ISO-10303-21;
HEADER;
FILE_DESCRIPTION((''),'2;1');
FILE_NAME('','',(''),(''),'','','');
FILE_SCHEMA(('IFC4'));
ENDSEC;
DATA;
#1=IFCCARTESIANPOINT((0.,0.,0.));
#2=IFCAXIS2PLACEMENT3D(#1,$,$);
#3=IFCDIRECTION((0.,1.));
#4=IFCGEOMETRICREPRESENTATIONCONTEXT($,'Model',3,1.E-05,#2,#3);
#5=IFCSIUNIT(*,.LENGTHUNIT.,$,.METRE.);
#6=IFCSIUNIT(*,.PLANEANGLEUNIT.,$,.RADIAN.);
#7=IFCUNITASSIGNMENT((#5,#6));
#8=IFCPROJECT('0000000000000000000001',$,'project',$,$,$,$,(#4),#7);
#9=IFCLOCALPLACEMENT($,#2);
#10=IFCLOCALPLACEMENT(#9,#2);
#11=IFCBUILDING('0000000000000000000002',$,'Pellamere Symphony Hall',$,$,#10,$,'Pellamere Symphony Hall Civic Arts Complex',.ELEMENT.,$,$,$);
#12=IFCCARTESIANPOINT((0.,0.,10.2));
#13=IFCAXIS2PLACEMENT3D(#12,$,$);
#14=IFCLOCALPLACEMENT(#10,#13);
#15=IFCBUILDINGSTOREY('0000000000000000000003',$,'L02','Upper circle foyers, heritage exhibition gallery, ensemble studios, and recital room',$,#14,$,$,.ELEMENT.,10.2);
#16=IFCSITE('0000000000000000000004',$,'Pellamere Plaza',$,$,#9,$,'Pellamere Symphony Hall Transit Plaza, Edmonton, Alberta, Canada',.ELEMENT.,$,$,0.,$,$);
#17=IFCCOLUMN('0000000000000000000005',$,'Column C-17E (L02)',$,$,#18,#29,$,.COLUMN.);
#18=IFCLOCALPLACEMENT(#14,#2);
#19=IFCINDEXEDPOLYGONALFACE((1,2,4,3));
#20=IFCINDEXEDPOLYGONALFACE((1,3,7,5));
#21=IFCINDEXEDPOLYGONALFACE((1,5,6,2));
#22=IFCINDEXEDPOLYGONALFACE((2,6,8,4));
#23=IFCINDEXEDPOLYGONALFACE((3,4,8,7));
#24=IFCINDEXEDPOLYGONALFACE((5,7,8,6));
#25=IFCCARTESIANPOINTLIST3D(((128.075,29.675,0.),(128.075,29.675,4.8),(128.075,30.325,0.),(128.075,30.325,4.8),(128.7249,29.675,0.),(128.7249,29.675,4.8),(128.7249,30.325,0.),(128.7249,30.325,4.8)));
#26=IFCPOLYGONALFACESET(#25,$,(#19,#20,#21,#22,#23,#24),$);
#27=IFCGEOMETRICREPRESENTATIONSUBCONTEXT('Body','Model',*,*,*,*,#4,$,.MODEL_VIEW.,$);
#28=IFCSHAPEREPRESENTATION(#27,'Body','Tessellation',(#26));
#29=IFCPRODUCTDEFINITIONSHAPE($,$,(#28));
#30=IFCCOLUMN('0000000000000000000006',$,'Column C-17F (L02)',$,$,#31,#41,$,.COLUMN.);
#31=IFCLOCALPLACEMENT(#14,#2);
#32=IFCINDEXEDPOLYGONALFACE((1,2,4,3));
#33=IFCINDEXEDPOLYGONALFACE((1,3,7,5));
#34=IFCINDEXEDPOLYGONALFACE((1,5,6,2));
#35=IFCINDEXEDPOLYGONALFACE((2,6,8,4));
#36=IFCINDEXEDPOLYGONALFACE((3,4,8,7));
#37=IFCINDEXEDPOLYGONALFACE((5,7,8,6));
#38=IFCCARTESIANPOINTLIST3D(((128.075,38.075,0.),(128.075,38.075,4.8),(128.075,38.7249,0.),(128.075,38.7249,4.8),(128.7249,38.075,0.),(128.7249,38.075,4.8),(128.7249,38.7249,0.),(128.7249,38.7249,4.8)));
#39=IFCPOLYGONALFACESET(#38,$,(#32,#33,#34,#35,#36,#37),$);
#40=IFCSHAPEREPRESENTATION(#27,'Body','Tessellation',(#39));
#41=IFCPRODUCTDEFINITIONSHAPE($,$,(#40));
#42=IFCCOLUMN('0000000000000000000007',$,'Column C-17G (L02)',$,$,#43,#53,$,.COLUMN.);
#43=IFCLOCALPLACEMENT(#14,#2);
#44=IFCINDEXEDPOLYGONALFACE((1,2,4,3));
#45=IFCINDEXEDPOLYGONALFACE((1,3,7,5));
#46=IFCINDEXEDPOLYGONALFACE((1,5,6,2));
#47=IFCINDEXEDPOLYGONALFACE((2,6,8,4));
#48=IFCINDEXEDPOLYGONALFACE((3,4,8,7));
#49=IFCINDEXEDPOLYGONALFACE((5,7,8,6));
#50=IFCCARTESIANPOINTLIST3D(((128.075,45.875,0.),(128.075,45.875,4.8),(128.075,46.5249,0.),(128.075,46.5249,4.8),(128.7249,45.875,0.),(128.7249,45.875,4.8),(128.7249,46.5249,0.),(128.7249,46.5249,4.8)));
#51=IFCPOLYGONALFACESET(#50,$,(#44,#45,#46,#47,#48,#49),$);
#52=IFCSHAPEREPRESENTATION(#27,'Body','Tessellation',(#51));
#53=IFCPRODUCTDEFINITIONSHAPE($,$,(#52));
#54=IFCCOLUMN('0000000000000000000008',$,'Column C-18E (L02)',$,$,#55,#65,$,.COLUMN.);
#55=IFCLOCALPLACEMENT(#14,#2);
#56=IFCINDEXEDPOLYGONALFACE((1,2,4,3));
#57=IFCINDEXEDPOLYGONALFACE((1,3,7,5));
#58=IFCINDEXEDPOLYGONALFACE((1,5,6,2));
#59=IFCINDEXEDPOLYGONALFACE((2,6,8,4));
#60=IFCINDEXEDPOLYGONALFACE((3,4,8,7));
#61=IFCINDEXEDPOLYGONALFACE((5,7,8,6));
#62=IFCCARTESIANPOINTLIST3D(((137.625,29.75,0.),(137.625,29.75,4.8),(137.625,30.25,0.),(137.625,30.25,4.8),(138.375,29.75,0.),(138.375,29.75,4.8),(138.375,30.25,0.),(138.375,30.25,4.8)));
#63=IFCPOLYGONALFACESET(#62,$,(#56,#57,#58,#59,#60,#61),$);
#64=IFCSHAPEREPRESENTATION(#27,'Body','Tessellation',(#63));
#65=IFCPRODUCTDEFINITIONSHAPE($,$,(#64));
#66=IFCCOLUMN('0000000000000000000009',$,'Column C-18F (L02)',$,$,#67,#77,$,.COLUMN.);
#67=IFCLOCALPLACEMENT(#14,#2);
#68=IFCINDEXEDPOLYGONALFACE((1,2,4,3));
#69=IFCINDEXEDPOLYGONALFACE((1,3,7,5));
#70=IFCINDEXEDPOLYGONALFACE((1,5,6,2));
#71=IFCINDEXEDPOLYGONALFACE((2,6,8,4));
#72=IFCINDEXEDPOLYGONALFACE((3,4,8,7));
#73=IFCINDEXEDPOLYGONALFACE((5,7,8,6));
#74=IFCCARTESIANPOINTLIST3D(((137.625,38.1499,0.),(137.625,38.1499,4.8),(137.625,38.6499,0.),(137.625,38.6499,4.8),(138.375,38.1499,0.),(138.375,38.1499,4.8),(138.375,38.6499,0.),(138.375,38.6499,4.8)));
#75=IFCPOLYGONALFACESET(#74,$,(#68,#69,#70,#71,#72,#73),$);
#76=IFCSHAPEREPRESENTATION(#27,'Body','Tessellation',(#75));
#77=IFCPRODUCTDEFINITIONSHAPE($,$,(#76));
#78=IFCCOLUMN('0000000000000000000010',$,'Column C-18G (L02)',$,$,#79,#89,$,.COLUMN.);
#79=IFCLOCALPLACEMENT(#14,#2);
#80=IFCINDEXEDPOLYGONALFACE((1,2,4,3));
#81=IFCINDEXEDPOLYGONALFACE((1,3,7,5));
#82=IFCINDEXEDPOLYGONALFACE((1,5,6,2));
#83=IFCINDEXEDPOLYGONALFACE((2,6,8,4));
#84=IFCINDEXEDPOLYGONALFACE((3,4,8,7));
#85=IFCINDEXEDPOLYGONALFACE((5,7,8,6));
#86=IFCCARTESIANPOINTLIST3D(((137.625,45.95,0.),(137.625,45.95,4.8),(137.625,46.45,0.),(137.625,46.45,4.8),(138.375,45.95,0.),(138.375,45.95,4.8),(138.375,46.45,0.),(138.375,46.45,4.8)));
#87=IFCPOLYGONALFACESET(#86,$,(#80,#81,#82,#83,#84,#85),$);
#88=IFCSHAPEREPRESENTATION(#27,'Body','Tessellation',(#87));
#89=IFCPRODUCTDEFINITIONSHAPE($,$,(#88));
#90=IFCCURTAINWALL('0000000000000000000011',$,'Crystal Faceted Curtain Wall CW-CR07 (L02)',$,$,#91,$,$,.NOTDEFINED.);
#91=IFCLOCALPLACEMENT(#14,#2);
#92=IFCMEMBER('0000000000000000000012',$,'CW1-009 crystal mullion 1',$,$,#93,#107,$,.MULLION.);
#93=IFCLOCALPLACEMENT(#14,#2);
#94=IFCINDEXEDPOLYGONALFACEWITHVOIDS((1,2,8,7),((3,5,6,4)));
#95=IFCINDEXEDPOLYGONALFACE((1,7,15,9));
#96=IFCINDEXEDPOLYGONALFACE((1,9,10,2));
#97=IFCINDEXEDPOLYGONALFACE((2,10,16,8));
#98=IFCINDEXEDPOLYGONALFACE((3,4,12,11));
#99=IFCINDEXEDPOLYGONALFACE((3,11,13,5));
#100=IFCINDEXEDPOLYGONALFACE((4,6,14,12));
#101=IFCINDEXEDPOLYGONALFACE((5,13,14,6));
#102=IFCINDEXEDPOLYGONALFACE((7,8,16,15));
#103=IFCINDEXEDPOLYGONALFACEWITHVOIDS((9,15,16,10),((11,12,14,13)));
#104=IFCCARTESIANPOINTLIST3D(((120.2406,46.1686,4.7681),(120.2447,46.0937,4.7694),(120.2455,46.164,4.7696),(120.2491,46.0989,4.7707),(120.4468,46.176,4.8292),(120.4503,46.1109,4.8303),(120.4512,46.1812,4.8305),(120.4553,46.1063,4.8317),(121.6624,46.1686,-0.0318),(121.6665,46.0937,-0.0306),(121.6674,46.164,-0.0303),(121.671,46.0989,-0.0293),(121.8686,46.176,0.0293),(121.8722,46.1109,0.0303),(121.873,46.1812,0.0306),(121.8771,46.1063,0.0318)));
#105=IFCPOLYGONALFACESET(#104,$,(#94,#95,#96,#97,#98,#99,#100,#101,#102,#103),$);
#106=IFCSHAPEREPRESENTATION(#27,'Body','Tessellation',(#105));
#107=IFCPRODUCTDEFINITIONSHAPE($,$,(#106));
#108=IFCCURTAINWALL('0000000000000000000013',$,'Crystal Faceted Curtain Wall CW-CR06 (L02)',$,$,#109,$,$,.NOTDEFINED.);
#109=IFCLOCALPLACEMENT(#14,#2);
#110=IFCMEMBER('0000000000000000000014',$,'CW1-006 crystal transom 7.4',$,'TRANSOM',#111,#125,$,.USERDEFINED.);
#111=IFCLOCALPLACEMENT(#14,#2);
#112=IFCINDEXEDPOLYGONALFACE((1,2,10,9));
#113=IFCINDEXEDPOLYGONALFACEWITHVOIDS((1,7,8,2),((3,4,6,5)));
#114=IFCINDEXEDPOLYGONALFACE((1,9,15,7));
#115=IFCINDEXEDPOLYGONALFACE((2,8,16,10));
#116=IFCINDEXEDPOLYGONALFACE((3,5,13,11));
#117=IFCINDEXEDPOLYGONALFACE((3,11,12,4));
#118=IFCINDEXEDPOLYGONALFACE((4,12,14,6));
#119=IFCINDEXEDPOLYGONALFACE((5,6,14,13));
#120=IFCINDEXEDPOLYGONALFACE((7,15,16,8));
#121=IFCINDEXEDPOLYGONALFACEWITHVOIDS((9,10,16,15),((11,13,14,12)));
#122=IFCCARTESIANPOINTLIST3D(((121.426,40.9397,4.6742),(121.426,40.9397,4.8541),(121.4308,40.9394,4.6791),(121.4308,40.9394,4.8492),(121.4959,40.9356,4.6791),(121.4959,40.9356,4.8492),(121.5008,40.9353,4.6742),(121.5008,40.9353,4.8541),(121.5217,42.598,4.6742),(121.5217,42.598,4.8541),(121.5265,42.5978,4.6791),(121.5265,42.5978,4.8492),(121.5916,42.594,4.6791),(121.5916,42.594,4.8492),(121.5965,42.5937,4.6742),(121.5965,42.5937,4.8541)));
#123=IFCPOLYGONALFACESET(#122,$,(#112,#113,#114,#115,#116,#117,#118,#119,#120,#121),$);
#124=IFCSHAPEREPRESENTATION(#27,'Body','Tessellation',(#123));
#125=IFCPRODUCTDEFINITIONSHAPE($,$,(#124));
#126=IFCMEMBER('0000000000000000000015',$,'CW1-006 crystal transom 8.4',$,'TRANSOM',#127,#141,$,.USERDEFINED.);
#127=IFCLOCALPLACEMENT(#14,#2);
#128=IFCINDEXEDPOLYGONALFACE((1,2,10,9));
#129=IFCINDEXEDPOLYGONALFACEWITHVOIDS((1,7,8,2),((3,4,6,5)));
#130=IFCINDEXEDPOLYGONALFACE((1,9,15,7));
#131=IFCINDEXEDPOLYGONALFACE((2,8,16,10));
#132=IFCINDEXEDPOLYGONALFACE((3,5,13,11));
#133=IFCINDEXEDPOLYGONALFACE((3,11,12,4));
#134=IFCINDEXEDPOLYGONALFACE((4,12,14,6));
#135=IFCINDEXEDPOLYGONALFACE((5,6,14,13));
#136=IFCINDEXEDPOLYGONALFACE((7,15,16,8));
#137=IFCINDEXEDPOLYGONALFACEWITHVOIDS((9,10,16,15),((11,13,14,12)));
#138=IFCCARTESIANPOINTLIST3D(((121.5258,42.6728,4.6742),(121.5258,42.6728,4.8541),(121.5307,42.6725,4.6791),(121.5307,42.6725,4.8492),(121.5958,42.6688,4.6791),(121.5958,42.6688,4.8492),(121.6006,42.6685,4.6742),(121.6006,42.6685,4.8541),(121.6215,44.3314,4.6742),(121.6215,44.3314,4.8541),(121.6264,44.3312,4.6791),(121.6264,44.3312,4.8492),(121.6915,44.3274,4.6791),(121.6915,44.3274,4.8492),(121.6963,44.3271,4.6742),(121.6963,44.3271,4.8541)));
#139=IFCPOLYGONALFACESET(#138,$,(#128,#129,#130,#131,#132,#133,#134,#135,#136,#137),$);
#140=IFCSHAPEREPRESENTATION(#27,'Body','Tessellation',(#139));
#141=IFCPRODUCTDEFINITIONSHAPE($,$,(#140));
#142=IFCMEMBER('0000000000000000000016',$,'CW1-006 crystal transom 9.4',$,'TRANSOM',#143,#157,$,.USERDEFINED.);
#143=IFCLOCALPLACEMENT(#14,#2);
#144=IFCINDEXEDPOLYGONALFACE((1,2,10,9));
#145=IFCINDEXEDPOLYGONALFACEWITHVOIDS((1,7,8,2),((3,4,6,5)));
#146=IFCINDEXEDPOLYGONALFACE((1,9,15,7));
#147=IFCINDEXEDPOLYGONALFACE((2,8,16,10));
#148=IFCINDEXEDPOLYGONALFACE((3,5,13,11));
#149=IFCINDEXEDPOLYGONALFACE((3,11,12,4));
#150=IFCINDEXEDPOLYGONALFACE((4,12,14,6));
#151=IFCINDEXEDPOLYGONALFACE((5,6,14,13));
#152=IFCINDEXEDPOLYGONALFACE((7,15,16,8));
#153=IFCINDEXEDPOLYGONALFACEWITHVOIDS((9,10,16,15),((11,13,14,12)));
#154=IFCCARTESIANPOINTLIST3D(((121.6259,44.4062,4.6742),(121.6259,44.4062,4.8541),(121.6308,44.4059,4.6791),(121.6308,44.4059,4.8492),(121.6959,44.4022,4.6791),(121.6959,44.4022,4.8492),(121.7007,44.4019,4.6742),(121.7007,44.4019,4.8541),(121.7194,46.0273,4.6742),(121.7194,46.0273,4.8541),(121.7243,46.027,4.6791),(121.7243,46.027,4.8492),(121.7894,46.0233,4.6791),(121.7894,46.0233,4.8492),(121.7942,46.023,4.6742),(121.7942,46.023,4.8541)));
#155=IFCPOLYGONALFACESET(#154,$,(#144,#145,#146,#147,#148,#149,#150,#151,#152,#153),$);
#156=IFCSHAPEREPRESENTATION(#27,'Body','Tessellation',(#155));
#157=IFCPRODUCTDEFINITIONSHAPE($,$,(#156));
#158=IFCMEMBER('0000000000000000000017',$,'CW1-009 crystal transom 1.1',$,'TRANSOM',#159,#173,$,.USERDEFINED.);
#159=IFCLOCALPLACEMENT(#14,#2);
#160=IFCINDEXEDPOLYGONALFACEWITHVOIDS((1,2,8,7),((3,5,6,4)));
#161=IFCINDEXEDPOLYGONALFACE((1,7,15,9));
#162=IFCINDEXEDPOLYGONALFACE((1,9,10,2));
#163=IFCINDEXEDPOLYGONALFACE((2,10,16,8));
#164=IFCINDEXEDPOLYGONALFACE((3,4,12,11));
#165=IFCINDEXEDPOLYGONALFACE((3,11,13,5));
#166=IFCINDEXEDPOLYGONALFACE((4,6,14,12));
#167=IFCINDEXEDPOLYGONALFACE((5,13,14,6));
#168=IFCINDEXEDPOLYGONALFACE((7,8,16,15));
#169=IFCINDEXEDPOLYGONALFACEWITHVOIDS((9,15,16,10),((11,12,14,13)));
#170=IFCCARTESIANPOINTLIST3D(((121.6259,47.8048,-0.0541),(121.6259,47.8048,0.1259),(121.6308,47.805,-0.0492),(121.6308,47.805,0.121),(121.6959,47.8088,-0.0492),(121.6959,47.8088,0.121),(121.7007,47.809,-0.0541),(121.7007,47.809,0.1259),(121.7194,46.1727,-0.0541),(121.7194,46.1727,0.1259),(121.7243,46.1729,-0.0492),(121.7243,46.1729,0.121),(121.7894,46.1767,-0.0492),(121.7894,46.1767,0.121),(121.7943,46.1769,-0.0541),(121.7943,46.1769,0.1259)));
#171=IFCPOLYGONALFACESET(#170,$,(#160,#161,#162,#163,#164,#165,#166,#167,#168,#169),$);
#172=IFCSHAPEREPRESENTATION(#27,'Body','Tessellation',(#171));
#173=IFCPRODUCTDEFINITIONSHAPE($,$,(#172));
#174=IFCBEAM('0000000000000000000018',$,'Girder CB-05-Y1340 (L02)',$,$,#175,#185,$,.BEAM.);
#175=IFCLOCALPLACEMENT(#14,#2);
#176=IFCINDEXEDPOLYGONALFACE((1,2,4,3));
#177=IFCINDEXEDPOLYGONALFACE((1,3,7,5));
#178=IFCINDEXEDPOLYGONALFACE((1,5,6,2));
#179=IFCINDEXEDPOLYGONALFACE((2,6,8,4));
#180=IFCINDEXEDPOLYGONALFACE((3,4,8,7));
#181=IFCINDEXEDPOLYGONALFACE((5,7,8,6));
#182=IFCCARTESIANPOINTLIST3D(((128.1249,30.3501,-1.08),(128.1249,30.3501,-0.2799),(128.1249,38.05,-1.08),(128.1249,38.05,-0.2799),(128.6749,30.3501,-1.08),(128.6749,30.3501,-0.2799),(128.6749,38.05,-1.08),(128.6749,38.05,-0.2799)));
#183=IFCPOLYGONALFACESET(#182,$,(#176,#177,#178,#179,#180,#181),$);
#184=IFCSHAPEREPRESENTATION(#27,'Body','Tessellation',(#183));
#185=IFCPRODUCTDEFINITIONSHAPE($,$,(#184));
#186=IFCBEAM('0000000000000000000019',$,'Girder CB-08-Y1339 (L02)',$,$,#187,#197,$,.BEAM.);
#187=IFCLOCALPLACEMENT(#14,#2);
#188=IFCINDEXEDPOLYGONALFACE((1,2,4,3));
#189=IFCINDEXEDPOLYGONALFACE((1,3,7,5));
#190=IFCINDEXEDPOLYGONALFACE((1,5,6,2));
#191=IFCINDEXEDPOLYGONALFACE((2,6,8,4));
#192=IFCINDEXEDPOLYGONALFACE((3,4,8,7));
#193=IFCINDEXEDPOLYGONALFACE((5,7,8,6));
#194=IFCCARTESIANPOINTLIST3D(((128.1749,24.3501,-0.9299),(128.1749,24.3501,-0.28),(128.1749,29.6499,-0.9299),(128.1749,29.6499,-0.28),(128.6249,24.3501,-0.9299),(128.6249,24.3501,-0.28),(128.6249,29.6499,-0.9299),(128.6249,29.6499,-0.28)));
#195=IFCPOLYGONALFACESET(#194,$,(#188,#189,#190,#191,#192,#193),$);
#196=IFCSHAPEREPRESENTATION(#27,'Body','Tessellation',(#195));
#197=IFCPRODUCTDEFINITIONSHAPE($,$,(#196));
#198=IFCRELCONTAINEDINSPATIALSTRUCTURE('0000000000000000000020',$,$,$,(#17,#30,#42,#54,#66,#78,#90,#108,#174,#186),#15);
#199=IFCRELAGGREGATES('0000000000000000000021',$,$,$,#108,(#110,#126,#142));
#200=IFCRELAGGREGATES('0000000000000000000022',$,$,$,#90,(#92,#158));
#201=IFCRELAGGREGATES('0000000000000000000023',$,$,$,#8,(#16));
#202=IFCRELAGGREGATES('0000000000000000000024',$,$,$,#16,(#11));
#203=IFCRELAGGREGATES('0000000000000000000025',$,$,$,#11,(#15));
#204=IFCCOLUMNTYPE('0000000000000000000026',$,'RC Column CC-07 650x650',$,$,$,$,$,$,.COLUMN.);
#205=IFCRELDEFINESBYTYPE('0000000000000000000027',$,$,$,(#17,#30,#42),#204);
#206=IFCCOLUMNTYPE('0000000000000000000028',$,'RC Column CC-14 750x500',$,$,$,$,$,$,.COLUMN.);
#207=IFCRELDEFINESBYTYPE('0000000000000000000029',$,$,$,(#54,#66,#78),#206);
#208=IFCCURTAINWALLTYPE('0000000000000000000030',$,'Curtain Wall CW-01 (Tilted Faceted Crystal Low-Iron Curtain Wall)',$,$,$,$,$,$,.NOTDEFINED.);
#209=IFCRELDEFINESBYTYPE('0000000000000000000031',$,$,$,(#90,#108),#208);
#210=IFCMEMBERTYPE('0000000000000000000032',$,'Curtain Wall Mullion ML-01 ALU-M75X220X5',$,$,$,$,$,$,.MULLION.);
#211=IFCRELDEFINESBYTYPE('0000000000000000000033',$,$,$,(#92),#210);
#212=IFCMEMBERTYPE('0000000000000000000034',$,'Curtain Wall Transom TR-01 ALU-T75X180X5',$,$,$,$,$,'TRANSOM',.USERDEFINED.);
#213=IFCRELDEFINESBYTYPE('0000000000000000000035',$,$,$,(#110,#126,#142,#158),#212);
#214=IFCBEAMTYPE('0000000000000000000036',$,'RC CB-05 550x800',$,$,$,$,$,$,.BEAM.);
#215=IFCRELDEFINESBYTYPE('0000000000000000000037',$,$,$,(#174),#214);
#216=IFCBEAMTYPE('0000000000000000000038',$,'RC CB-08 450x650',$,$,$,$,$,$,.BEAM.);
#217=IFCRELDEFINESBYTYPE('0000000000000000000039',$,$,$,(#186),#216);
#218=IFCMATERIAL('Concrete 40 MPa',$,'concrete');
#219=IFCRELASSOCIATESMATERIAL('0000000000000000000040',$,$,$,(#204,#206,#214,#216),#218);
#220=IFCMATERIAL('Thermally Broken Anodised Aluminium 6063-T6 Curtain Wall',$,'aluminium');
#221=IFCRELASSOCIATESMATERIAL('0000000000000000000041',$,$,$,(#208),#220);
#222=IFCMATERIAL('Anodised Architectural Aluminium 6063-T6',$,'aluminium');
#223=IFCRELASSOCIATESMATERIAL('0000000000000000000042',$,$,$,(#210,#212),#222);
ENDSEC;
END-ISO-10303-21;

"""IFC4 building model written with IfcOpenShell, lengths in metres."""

from ifc_helpers import new_model, si_unit, direction, frame, origin, origin_2d, place, context, subcontext, project, spatial, rectangle, hollow_rectangle, extrude, material, material_profile, profile_set, type_object, element, aggregate, save


model = new_model("IFC4")

# Units and contexts
model_context = context("Model", 3, precision=1e-05, world=origin(), true_north=direction((0.0, 1.0)))
body_context = subcontext(model_context, "Body", "Model", "MODEL_VIEW")
ifc_project = project(units=[si_unit("LENGTHUNIT", "METRE"), si_unit("PLANEANGLEUNIT", "RADIAN")], contexts=[model_context])

# Site, building, storey
site_placement = place(None, origin())
site = spatial("IfcSite", under=ifc_project, at=site_placement, Name="Pellamere Plaza", LongName="Pellamere Symphony Hall Transit Plaza, Edmonton, Alberta, Canada", CompositionType="ELEMENT", RefElevation=0.0)
building_placement = place(site_placement, origin())
building = spatial("IfcBuilding", under=site, at=building_placement, Name="Pellamere Symphony Hall", LongName="Pellamere Symphony Hall Civic Arts Complex", CompositionType="ELEMENT")
storey_placement = place(building_placement, frame((0.0, 0.0, 10.2)))
storey = spatial("IfcBuildingStorey", under=building, at=storey_placement, Name="L02", Description="Upper circle foyers, heritage exhibition gallery, ensemble studios, and recital room", CompositionType="ELEMENT", Elevation=10.2)

# Columns
ifc_material_1 = material(Name="Concrete 40 MPa", Category="concrete")
ifc_material_profile_1 = material_profile(ifc_material_1, rectangle(XDim=0.6499, YDim=0.6499, at=origin_2d()), Name="RC 650x650")
ifc_profile_set_1 = profile_set([ifc_material_profile_1], Name="Concrete 40 MPa")
column_type_1 = type_object("IfcColumnType", Name="RC Column CC-07 650x650", PredefinedType="COLUMN", material=ifc_profile_set_1)
for number, where, z_axis, x_axis, name in (
    (1, (128.3999, 30.0, 0.0), (0.0, 0.0, 1.0), (1.0, 0.0, 0.0), "Column C-17E (L02)"),
    (2, (128.3999, 38.3999, 0.0), (0.0, 0.0, 1.0), (1.0, 0.0, 0.0), "Column C-17F (L02)"),
    (3, (128.3999, 46.2, 0.0), (0.0, 0.0, 1.0), (1.0, 0.0, 0.0), "Column C-17G (L02)"),
):
    element("IfcColumn", number, at=place(storey_placement, frame(where, z_axis=z_axis, x_axis=x_axis)), inside=storey, type_object=column_type_1, Name=name, PredefinedType="COLUMN", context=body_context, shape_type="SweptSolid", body=[
        extrude(rectangle(XDim=0.6499, YDim=0.6499, at=origin_2d()), origin(), (0.0, 0.0, 1.0), 4.8),
    ])
ifc_material_profile_2 = material_profile(ifc_material_1, rectangle(XDim=0.75, YDim=0.5, at=origin_2d()), Name="RC 750x500")
ifc_profile_set_2 = profile_set([ifc_material_profile_2], Name="Concrete 40 MPa")
column_type_2 = type_object("IfcColumnType", Name="RC Column CC-14 750x500", PredefinedType="COLUMN", material=ifc_profile_set_2)
for number, where, z_axis, x_axis, name in (
    (4, (138.0, 30.0, 0.0), (0.0, 0.0, 1.0), (1.0, 0.0, 0.0), "Column C-18E (L02)"),
    (5, (138.0, 38.3999, 0.0), (0.0, 0.0, 1.0), (1.0, 0.0, 0.0), "Column C-18F (L02)"),
    (6, (138.0, 46.2, 0.0), (0.0, 0.0, 1.0), (1.0, 0.0, 0.0), "Column C-18G (L02)"),
):
    element("IfcColumn", number, at=place(storey_placement, frame(where, z_axis=z_axis, x_axis=x_axis)), inside=storey, type_object=column_type_2, Name=name, PredefinedType="COLUMN", context=body_context, shape_type="SweptSolid", body=[
        extrude(rectangle(XDim=0.75, YDim=0.5, at=origin_2d()), origin(), (0.0, 0.0, 1.0), 4.8),
    ])

# Curtain wall, member
ifc_material_2 = material(Name="Thermally Broken Anodised Aluminium 6063-T6 Curtain Wall", Category="aluminium")
curtain_wall_type = type_object("IfcCurtainWallType", Name="Curtain Wall CW-01 (Tilted Faceted Crystal Low-Iron Curtain Wall)", PredefinedType="NOTDEFINED", material=ifc_material_2)
curtain_wall_1_placement = place(storey_placement, origin())
curtain_wall_1 = element("IfcCurtainWall", 7, at=curtain_wall_1_placement, inside=storey, type_object=curtain_wall_type, Name="Crystal Faceted Curtain Wall CW-CR07 (L02)", PredefinedType="NOTDEFINED")
ifc_material_3 = material(Name="Anodised Architectural Aluminium 6063-T6", Category="aluminium")
ifc_material_profile_3 = material_profile(ifc_material_3, hollow_rectangle(XDim=0.075, YDim=0.22, WallThickness=0.0049, at=origin_2d()), Name="ALU-M75X220X5")
ifc_profile_set_3 = profile_set([ifc_material_profile_3], Name="Anodised Architectural Aluminium 6063-T6")
member_type_1 = type_object("IfcMemberType", Name="Curtain Wall Mullion ML-01 ALU-M75X220X5", PredefinedType="MULLION", material=ifc_profile_set_3)
member_1_placement = place(storey_placement, frame((121.7698, 46.1375, 0.0), z_axis=(-0.284022, 0.0, 0.958818), x_axis=(-0.054874, 0.998361, -0.016255)))
member_1 = element("IfcMember", 8, at=member_1_placement, type_object=member_type_1, Name="CW1-009 crystal mullion 1", PredefinedType="MULLION", context=body_context, shape_type="SweptSolid", body=[
    extrude(hollow_rectangle(XDim=0.075, YDim=0.22, WallThickness=0.0049, at=origin_2d()), origin(), (0.0, 0.0, 1.0), 5.0061),
])

# Curtain wall, members
curtain_wall_2_placement = place(storey_placement, origin())
curtain_wall_2 = element("IfcCurtainWall", 9, at=curtain_wall_2_placement, inside=storey, type_object=curtain_wall_type, Name="Crystal Faceted Curtain Wall CW-CR06 (L02)", PredefinedType="NOTDEFINED")
ifc_material_profile_4 = material_profile(ifc_material_3, hollow_rectangle(XDim=0.075, YDim=0.1799, WallThickness=0.0049, at=origin_2d()), Name="ALU-T75X180X5")
ifc_profile_set_4 = profile_set([ifc_material_profile_4], Name="Anodised Architectural Aluminium 6063-T6")
member_type_2 = type_object("IfcMemberType", Name="Curtain Wall Transom TR-01 ALU-T75X180X5", ElementType="TRANSOM", PredefinedType="USERDEFINED", material=ifc_profile_set_4)
member_2_placement = place(storey_placement, frame((121.4634, 40.9375, 4.7642), z_axis=(0.057611, 0.998339, 0.0), x_axis=(-0.998339, 0.057611, 0.0)))
member_2 = element("IfcMember", 10, at=member_2_placement, type_object=member_type_2, Name="CW1-006 crystal transom 7.4", ObjectType="TRANSOM", PredefinedType="USERDEFINED", context=body_context, shape_type="SweptSolid", body=[
    extrude(hollow_rectangle(XDim=0.075, YDim=0.1799, WallThickness=0.0049, at=origin_2d()), origin(), (0.0, 0.0, 1.0), 1.6611),
])
member_3_placement = place(storey_placement, frame((121.5632, 42.6707, 4.7642), z_axis=(0.057602, 0.99834, 0.0), x_axis=(-0.99834, 0.057602, 0.0)))
member_3 = element("IfcMember", 11, at=member_3_placement, type_object=member_type_2, Name="CW1-006 crystal transom 8.4", ObjectType="TRANSOM", PredefinedType="USERDEFINED", context=body_context, shape_type="SweptSolid", body=[
    extrude(hollow_rectangle(XDim=0.075, YDim=0.1799, WallThickness=0.0049, at=origin_2d()), origin(), (0.0, 0.0, 1.0), 1.6614),
])
member_4_placement = place(storey_placement, frame((121.6633, 44.4041, 4.7642), z_axis=(0.057585, 0.998341, 0.0), x_axis=(-0.998341, 0.057585, 0.0)))
member_4 = element("IfcMember", 12, at=member_4_placement, type_object=member_type_2, Name="CW1-006 crystal transom 9.4", ObjectType="TRANSOM", PredefinedType="USERDEFINED", context=body_context, shape_type="SweptSolid", body=[
    extrude(hollow_rectangle(XDim=0.075, YDim=0.1799, WallThickness=0.0049, at=origin_2d()), origin(), (0.0, 0.0, 1.0), 1.6238),
])
aggregate(curtain_wall_2, [member_2, member_3, member_4])

# Member
member_5_placement = place(storey_placement, frame((121.7568, 46.1748, 0.0359), z_axis=(-0.057199, 0.998363, 0.0), x_axis=(-0.998363, -0.057199, 0.0)))
member_5 = element("IfcMember", 13, at=member_5_placement, type_object=member_type_2, Name="CW1-009 crystal transom 1.1", ObjectType="TRANSOM", PredefinedType="USERDEFINED", context=body_context, shape_type="SweptSolid", body=[
    extrude(hollow_rectangle(XDim=0.075, YDim=0.1799, WallThickness=0.0049, at=origin_2d()), origin(), (0.0, 0.0, 1.0), 1.6348),
])

# Beams
ifc_material_profile_5 = material_profile(ifc_material_1, rectangle(XDim=0.55, YDim=0.8, at=origin_2d()), Name="RC 550x800")
ifc_profile_set_5 = profile_set([ifc_material_profile_5], Name="Concrete 40 MPa")
beam_type_1 = type_object("IfcBeamType", Name="RC CB-05 550x800", PredefinedType="BEAM", material=ifc_profile_set_5)
beam_1_placement = place(storey_placement, frame((128.3999, 30.3501, -0.6799), z_axis=(0.0, 1.0, 0.0), x_axis=(-1.0, 0.0, 0.0)))
element("IfcBeam", 14, at=beam_1_placement, inside=storey, type_object=beam_type_1, Name="Girder CB-05-Y1340 (L02)", PredefinedType="BEAM", context=body_context, shape_type="SweptSolid", body=[
    extrude(rectangle(XDim=0.55, YDim=0.8, at=origin_2d()), origin(), (0.0, 0.0, 1.0), 7.7),
])
ifc_material_profile_6 = material_profile(ifc_material_1, rectangle(XDim=0.45, YDim=0.6499, at=origin_2d()), Name="RC 450x650")
ifc_profile_set_6 = profile_set([ifc_material_profile_6], Name="Concrete 40 MPa")
beam_type_2 = type_object("IfcBeamType", Name="RC CB-08 450x650", PredefinedType="BEAM", material=ifc_profile_set_6)
beam_2_placement = place(storey_placement, frame((128.3999, 24.3501, -0.605), z_axis=(0.0, 1.0, 0.0), x_axis=(-1.0, 0.0, 0.0)))
element("IfcBeam", 15, at=beam_2_placement, inside=storey, type_object=beam_type_2, Name="Girder CB-08-Y1339 (L02)", PredefinedType="BEAM", context=body_context, shape_type="SweptSolid", body=[
    extrude(rectangle(XDim=0.45, YDim=0.6499, at=origin_2d()), origin(), (0.0, 0.0, 1.0), 5.2998),
])

aggregate(curtain_wall_1, [member_1, member_5])

save(model, "model.ifc")
